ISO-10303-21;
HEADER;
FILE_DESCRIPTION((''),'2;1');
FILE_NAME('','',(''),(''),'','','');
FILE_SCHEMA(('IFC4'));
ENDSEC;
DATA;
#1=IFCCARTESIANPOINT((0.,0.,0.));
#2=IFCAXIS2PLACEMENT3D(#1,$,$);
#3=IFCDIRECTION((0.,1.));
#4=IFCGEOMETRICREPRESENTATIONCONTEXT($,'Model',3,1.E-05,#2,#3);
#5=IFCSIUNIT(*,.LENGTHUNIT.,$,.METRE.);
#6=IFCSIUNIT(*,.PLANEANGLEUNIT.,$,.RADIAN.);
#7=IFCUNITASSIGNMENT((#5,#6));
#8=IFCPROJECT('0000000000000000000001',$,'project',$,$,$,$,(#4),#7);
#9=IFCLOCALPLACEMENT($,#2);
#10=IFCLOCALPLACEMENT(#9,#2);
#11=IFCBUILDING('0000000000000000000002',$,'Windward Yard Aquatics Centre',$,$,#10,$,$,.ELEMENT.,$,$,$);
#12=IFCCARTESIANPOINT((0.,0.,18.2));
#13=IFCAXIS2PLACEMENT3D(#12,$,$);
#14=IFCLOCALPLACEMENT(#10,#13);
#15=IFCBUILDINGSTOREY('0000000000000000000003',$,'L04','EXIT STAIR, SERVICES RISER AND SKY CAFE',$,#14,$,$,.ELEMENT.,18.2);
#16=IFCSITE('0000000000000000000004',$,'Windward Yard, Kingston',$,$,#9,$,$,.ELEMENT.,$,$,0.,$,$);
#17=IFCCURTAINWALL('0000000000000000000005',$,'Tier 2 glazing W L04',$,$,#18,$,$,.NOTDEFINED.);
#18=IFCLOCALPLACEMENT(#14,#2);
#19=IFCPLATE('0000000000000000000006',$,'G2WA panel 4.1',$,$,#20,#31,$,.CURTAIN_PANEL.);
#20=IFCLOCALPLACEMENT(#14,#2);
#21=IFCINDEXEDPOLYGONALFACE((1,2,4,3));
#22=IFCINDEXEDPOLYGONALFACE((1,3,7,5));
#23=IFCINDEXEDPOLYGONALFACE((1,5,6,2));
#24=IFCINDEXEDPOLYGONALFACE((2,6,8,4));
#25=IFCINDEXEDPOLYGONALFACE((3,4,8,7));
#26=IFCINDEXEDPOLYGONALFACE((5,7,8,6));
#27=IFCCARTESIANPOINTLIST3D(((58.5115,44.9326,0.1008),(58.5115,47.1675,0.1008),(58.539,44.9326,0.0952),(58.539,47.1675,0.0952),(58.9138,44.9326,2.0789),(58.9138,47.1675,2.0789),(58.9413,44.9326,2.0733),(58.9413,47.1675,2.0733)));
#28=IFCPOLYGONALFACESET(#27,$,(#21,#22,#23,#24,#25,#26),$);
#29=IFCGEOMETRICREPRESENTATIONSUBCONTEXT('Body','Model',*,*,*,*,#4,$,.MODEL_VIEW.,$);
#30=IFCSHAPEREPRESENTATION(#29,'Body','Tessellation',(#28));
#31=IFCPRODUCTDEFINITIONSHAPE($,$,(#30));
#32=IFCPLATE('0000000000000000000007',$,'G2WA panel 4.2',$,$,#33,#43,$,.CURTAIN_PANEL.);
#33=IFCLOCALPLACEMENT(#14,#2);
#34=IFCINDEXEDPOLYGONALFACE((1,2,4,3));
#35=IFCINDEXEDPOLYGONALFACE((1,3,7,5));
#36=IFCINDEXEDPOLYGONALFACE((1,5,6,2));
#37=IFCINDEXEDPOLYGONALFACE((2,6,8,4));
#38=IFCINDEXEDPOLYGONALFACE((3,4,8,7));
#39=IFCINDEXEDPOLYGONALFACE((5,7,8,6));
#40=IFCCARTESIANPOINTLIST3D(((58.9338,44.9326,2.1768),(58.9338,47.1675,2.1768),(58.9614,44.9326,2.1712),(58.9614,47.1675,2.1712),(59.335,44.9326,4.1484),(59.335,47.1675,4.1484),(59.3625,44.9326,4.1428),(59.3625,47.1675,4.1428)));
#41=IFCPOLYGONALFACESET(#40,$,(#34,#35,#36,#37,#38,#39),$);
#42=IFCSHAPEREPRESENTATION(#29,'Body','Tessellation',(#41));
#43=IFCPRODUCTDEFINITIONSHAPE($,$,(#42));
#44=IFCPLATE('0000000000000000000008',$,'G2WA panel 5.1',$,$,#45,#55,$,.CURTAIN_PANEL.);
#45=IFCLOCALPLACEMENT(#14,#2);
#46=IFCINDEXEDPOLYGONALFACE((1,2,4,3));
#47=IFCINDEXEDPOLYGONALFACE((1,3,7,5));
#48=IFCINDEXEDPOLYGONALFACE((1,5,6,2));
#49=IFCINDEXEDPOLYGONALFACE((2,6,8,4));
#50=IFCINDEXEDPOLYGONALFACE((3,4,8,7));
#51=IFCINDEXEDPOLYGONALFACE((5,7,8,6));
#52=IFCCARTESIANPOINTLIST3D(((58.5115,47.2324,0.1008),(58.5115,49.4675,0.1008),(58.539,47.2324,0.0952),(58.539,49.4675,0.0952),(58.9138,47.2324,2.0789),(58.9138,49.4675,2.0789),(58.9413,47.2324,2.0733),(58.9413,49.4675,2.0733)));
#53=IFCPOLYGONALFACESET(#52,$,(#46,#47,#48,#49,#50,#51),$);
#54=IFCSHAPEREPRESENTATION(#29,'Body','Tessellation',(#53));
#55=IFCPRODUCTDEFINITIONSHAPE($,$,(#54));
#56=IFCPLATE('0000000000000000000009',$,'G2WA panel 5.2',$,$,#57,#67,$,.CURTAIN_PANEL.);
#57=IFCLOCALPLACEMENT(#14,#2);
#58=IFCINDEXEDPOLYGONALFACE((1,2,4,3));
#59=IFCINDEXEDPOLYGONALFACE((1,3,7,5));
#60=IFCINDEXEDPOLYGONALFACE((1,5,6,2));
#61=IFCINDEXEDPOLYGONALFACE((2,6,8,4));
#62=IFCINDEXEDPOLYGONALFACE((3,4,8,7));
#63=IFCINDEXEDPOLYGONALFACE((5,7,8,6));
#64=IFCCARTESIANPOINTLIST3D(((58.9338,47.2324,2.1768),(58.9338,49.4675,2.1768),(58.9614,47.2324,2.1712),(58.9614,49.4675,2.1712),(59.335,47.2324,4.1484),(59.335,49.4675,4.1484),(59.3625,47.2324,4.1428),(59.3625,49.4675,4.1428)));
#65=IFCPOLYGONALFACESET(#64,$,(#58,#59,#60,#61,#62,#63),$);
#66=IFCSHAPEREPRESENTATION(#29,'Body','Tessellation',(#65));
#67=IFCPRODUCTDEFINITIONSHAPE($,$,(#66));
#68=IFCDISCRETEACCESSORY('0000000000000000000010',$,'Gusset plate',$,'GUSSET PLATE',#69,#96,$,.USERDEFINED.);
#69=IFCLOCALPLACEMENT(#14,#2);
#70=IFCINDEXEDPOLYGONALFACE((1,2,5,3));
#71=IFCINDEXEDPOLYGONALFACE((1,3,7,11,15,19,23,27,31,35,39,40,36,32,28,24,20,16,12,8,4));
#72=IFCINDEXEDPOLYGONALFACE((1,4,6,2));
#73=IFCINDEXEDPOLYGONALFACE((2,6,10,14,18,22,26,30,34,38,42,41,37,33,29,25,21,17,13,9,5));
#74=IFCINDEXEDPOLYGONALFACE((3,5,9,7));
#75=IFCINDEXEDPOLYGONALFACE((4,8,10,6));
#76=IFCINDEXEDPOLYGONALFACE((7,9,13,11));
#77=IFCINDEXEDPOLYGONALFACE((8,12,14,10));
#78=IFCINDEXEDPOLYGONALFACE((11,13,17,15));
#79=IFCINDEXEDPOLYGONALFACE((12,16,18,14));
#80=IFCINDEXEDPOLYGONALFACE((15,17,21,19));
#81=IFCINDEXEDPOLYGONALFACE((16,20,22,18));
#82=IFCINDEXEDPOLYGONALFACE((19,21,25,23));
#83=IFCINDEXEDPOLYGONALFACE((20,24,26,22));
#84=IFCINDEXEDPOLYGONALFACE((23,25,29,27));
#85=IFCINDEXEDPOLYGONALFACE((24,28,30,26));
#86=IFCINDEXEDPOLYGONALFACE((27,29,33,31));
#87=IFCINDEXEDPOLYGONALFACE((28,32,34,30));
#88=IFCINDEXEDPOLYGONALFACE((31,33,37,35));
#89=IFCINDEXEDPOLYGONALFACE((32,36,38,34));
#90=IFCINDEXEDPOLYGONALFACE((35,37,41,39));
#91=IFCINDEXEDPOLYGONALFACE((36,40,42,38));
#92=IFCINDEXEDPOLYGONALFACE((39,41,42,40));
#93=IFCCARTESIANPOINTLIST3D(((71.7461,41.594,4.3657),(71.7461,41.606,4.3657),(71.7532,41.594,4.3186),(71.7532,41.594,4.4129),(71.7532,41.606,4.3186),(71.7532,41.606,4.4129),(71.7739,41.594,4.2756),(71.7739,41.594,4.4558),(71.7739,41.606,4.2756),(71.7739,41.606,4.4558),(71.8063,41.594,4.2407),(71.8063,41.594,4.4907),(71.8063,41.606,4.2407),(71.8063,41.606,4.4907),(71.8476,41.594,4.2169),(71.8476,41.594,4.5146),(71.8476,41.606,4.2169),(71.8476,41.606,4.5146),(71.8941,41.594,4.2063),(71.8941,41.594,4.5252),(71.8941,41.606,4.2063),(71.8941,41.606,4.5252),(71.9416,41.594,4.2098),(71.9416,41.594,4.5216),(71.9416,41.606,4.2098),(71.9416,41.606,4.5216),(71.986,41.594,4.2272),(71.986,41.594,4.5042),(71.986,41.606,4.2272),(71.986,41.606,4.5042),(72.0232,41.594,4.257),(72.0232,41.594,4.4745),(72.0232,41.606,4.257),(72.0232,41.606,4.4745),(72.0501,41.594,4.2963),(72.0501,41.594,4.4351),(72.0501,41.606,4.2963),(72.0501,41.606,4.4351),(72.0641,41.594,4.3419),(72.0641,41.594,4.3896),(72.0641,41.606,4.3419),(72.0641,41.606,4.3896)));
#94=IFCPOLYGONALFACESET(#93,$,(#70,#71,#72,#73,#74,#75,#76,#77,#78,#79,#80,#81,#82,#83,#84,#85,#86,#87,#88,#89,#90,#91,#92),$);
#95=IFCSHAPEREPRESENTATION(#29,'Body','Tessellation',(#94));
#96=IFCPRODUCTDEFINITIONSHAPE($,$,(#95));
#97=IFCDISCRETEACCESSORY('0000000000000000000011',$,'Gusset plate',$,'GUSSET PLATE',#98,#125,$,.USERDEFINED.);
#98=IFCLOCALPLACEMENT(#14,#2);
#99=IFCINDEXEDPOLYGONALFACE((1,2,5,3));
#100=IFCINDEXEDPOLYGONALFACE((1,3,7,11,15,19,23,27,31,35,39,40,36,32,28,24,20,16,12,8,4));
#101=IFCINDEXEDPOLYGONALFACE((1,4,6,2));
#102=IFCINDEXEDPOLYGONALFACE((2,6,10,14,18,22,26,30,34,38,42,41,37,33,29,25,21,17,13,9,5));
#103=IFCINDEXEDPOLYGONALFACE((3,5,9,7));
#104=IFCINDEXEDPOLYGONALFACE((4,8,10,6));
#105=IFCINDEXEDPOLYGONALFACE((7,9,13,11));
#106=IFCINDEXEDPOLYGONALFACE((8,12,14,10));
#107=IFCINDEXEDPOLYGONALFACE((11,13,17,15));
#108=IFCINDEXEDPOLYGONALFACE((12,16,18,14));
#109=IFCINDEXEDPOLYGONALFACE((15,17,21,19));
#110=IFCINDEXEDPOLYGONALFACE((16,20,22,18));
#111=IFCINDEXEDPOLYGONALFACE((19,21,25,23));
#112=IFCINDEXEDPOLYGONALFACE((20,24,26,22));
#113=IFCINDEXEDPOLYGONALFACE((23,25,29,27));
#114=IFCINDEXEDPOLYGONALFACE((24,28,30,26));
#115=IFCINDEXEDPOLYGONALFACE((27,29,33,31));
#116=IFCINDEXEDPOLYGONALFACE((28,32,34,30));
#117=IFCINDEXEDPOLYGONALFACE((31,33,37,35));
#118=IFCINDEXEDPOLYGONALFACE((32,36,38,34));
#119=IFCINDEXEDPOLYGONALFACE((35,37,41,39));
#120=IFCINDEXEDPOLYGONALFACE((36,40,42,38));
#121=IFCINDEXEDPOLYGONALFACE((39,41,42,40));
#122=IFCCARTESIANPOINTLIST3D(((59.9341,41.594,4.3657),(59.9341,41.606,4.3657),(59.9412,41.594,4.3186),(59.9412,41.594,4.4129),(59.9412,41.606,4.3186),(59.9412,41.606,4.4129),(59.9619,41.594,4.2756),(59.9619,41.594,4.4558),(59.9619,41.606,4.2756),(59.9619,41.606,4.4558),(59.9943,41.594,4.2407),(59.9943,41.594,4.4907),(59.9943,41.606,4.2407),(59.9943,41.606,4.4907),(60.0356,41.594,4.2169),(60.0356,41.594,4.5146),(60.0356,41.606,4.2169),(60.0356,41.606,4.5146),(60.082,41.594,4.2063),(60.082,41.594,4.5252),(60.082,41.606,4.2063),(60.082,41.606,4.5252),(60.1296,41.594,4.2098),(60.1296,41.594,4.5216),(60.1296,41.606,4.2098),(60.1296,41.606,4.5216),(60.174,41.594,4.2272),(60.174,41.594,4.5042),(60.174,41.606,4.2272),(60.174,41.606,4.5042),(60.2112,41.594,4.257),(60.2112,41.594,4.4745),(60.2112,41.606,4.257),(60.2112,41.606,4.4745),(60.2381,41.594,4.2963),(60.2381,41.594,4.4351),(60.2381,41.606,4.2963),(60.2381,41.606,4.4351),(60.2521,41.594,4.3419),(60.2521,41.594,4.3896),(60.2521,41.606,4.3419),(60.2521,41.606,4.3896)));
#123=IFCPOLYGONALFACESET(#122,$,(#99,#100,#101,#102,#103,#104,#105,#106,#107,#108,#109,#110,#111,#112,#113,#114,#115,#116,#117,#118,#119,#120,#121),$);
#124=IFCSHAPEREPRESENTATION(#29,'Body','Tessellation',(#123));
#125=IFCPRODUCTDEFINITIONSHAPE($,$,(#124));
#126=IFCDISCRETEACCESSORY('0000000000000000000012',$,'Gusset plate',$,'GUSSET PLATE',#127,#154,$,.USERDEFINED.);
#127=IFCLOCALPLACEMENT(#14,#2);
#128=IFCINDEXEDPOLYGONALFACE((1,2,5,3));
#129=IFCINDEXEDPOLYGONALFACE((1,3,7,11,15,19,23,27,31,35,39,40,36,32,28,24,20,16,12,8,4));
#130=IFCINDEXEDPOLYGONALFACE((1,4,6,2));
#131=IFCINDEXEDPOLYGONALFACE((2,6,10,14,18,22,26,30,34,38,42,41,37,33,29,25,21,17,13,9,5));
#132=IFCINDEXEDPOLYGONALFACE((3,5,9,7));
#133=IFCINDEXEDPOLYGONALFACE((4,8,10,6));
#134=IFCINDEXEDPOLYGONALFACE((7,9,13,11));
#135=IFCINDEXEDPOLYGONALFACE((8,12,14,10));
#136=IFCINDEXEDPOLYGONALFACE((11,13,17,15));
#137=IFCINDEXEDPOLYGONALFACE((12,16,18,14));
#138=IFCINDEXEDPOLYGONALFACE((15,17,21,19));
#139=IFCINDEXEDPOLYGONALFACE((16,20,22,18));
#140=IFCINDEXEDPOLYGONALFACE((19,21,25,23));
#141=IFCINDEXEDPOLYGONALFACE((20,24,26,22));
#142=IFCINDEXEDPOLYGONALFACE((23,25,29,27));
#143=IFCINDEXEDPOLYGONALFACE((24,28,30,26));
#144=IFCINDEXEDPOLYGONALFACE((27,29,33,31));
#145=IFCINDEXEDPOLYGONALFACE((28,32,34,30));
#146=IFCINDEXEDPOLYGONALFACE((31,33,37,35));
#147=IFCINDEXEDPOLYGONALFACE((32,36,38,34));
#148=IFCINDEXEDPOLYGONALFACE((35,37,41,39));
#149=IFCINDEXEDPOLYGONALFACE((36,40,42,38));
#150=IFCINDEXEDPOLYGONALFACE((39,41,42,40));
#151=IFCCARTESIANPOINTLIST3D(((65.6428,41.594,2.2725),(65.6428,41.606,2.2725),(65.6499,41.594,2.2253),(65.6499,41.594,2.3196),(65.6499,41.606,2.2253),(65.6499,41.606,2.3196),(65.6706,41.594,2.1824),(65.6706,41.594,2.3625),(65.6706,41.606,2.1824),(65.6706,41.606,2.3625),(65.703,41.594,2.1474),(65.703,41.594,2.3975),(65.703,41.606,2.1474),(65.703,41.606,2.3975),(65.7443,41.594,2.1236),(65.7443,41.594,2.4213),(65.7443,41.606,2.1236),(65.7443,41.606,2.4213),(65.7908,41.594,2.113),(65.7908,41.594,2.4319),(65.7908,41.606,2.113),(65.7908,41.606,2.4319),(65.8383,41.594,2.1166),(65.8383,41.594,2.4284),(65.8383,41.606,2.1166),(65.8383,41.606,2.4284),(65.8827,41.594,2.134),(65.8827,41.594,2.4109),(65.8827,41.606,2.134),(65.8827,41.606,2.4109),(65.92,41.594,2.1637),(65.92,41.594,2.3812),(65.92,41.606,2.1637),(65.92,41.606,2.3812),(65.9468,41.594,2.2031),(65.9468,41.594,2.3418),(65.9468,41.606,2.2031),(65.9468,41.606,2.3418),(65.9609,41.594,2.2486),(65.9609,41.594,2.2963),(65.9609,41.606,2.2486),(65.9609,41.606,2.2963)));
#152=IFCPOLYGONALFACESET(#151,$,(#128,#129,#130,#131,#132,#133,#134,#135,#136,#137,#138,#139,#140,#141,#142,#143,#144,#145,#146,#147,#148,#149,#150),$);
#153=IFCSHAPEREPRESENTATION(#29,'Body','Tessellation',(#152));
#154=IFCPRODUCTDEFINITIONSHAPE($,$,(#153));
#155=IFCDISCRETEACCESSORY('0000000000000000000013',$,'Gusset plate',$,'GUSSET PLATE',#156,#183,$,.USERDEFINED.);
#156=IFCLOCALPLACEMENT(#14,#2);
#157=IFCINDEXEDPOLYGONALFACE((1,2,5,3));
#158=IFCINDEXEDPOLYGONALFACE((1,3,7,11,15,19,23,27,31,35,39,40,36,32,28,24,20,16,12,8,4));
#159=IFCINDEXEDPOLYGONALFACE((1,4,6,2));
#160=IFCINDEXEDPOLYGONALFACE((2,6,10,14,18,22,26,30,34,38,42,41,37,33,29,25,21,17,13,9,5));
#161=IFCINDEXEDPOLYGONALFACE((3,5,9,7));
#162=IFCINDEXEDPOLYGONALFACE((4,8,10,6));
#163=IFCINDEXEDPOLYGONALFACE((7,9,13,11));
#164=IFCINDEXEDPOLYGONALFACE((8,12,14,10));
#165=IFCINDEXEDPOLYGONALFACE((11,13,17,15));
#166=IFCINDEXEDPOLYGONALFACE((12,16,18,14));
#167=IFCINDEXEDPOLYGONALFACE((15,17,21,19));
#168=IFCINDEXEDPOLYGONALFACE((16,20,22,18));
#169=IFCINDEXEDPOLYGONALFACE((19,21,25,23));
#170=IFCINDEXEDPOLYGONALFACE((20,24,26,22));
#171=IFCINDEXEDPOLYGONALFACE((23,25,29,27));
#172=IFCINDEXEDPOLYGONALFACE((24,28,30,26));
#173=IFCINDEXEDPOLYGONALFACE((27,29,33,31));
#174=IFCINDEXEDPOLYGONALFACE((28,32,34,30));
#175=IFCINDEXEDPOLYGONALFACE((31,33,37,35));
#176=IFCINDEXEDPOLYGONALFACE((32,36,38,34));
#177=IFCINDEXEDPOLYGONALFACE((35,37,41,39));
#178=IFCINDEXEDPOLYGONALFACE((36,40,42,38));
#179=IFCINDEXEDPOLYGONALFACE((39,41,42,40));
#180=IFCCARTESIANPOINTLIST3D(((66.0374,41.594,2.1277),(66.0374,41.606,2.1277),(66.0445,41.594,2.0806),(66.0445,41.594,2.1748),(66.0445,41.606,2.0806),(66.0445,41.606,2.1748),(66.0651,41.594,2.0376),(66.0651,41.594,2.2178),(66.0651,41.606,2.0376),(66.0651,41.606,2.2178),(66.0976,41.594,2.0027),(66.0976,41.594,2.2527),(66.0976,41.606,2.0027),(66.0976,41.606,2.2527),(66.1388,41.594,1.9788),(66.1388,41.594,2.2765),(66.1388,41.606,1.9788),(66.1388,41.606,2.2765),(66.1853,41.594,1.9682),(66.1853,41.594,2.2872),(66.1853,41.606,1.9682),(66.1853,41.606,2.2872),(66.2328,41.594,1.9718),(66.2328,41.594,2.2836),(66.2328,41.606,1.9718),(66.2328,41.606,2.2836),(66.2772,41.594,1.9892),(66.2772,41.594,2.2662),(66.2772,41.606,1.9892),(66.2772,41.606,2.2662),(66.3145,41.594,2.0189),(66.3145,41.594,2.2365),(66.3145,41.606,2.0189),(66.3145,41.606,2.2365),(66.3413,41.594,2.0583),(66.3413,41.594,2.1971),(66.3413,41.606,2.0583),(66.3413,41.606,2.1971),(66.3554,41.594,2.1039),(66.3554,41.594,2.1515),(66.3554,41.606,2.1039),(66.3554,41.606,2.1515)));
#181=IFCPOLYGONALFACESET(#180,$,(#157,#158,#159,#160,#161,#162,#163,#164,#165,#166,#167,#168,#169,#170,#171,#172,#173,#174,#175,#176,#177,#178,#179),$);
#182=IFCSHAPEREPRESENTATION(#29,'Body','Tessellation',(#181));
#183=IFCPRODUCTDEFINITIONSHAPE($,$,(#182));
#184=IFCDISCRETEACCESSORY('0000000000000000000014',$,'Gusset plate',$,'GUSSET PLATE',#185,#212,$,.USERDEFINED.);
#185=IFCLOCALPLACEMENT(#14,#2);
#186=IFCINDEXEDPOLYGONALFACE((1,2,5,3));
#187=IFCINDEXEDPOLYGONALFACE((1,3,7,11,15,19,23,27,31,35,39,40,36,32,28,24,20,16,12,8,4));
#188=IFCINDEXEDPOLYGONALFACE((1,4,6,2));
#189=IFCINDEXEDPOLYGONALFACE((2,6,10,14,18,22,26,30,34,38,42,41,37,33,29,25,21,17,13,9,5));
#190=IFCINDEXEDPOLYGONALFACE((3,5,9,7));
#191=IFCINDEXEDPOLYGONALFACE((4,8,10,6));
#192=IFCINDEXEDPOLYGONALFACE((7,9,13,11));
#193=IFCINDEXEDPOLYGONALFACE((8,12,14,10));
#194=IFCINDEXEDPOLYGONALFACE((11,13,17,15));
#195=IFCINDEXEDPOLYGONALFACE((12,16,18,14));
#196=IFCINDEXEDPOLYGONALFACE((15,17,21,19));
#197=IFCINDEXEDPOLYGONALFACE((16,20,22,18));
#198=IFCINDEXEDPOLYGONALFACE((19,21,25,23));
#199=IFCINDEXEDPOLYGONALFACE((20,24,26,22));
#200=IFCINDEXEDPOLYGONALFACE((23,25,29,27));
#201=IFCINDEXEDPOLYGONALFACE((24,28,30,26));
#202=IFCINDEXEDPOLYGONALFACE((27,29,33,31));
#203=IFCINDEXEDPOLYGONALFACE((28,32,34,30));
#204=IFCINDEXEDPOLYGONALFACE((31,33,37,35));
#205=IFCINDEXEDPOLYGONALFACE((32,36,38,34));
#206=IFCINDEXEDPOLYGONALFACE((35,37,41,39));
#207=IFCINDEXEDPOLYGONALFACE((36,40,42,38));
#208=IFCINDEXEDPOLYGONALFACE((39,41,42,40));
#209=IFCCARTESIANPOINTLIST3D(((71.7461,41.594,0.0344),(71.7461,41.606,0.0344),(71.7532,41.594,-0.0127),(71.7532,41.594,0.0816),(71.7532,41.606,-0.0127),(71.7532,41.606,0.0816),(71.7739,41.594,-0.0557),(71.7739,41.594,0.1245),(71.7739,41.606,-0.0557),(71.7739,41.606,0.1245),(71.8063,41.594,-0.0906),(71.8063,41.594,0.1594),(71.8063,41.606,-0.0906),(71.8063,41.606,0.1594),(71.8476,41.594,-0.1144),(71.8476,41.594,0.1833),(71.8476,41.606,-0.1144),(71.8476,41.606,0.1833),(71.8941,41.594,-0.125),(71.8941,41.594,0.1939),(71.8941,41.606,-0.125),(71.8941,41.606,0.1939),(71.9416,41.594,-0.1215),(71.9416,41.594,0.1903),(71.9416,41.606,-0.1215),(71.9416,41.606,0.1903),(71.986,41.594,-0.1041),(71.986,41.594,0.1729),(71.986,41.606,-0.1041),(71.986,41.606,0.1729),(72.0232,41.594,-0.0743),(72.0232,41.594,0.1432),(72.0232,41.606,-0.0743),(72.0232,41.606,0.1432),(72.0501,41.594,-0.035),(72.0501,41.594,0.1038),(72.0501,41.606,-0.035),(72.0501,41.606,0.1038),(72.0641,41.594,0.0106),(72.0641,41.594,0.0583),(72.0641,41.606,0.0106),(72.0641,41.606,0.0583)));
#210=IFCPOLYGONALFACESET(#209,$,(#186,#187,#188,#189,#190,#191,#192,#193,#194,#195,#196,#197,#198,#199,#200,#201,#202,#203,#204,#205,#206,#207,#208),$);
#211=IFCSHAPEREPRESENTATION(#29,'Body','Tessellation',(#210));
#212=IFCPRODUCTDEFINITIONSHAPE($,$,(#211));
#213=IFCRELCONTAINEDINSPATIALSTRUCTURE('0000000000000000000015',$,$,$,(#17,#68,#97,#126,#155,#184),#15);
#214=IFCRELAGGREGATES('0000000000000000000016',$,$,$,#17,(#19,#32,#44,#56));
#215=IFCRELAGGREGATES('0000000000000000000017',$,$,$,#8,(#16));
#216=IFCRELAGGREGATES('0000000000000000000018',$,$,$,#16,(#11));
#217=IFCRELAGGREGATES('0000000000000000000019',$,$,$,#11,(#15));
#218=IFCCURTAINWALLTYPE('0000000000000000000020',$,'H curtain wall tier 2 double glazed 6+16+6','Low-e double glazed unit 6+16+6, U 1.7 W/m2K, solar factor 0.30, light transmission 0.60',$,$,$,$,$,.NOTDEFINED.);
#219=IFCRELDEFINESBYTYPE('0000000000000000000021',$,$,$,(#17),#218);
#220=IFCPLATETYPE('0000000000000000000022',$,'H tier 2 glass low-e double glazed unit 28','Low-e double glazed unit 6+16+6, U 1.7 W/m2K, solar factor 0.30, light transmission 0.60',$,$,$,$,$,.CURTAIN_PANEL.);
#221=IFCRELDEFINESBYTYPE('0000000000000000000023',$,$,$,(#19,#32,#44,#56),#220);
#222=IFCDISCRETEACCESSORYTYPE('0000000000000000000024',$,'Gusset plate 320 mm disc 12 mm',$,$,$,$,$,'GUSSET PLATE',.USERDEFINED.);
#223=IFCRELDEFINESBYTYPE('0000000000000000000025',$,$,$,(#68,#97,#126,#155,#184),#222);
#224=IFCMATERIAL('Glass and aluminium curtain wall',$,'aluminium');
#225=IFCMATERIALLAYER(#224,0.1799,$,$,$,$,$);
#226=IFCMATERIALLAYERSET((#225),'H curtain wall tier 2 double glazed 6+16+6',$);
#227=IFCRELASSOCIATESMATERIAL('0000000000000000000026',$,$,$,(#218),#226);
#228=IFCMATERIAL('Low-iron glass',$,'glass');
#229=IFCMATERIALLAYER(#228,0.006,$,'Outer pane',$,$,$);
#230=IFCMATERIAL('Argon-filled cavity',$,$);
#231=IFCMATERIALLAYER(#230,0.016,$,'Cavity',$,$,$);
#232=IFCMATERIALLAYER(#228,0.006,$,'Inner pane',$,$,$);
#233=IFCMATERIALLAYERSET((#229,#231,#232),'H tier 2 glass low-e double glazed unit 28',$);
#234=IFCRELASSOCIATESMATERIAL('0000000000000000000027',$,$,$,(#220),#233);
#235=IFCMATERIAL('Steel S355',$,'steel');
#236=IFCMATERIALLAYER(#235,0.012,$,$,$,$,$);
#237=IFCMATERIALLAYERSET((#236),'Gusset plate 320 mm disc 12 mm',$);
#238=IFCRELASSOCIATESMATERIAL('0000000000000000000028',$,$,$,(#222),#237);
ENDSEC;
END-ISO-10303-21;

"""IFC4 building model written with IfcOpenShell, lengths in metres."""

from ifc_helpers import new_model, si_unit, direction, frame, origin, origin_2d, place, context, subcontext, project, spatial, polyline, circle, outline, extrude, material, layer, layer_set, type_object, element, aggregate, save


model = new_model("IFC4")

# Units and contexts
model_context = context("Model", 3, precision=1e-05, world=origin(), true_north=direction((0.0, 1.0)))
body_context = subcontext(model_context, "Body", "Model", "MODEL_VIEW")
ifc_project = project(units=[si_unit("LENGTHUNIT", "METRE"), si_unit("PLANEANGLEUNIT", "RADIAN")], contexts=[model_context])

# Site, building, storey
site_placement = place(None, origin())
site = spatial("IfcSite", under=ifc_project, at=site_placement, Name="Windward Yard, Kingston", CompositionType="ELEMENT", RefElevation=0.0)
building_placement = place(site_placement, origin())
building = spatial("IfcBuilding", under=site, at=building_placement, Name="Windward Yard Aquatics Centre", CompositionType="ELEMENT")
storey_placement = place(building_placement, frame((0.0, 0.0, 18.2)))
storey = spatial("IfcBuildingStorey", under=building, at=storey_placement, Name="L04", Description="EXIT STAIR, SERVICES RISER AND SKY CAFE", CompositionType="ELEMENT", Elevation=18.2)

# Curtain wall
ifc_material_1 = material(Name="Glass and aluminium curtain wall", Category="aluminium")
ifc_layer_1 = layer(ifc_material_1, 0.1799)
ifc_layer_set_1 = layer_set([ifc_layer_1], Name="H curtain wall tier 2 double glazed 6+16+6")
curtain_wall_type = type_object("IfcCurtainWallType", Name="H curtain wall tier 2 double glazed 6+16+6", Description="Low-e double glazed unit 6+16+6, U 1.7 W/m2K, solar factor 0.30, light transmission 0.60", PredefinedType="NOTDEFINED", material=ifc_layer_set_1)
curtain_wall_placement = place(storey_placement, origin())
curtain_wall = element("IfcCurtainWall", 1, at=curtain_wall_placement, inside=storey, type_object=curtain_wall_type, Name="Tier 2 glazing W L04", PredefinedType="NOTDEFINED")

# Plates
ifc_material_2 = material(Name="Low-iron glass", Category="glass")
ifc_layer_2 = layer(ifc_material_2, 0.006, Name="Outer pane")
ifc_material_3 = material(Name="Argon-filled cavity")
ifc_layer_3 = layer(ifc_material_3, 0.016, Name="Cavity")
ifc_layer_4 = layer(ifc_material_2, 0.006, Name="Inner pane")
ifc_layer_set_2 = layer_set([ifc_layer_2, ifc_layer_3, ifc_layer_4], Name="H tier 2 glass low-e double glazed unit 28")
plate_type = type_object("IfcPlateType", Name="H tier 2 glass low-e double glazed unit 28", Description="Low-e double glazed unit 6+16+6, U 1.7 W/m2K, solar factor 0.30, light transmission 0.60", PredefinedType="CURTAIN_PANEL", material=ifc_layer_set_2)
plate_1_placement = place(storey_placement, frame((58.5115, 44.9326, 0.1008), z_axis=(-0.979933, 0.0, 0.199325), x_axis=(0.0, 1.0, 0.0)))
plate_1 = element("IfcPlate", 2, at=plate_1_placement, type_object=plate_type, Name="G2WA panel 4.1", PredefinedType="CURTAIN_PANEL", context=body_context, shape_type="SweptSolid", body=[
    extrude(outline(polyline([(0.0, 0.0), (2.2349, 0.0), (2.2349, -2.0185), (0.0, -2.0185), (0.0, 0.0)])), origin(), (0.0, 0.0, -1.0), 0.0281),
])
plate_2_placement = place(storey_placement, frame((58.9338, 44.9326, 2.1768), z_axis=(-0.979927, 0.0, 0.199359), x_axis=(0.0, 1.0, 0.0)))
plate_2 = element("IfcPlate", 3, at=plate_2_placement, type_object=plate_type, Name="G2WA panel 4.2", PredefinedType="CURTAIN_PANEL", context=body_context, shape_type="SweptSolid", body=[
    extrude(outline(polyline([(0.0, 0.0), (2.2349, 0.0), (2.2349, -2.0121), (0.0, -2.0121), (0.0, 0.0)])), origin(), (0.0, 0.0, -1.0), 0.0281),
])
plate_3_placement = place(storey_placement, frame((58.5115, 47.2324, 0.1008), z_axis=(-0.979933, 0.0, 0.199325), x_axis=(0.0, 1.0, 0.0)))
plate_3 = element("IfcPlate", 4, at=plate_3_placement, type_object=plate_type, Name="G2WA panel 5.1", PredefinedType="CURTAIN_PANEL", context=body_context, shape_type="SweptSolid", body=[
    extrude(outline(polyline([(0.0, 0.0), (2.2351, 0.0), (2.2351, -2.0185), (0.0, -2.0185), (0.0, 0.0)])), origin(), (0.0, 0.0, -1.0), 0.0281),
])
plate_4_placement = place(storey_placement, frame((58.9338, 47.2324, 2.1768), z_axis=(-0.979927, 0.0, 0.199359), x_axis=(0.0, 1.0, 0.0)))
plate_4 = element("IfcPlate", 5, at=plate_4_placement, type_object=plate_type, Name="G2WA panel 5.2", PredefinedType="CURTAIN_PANEL", context=body_context, shape_type="SweptSolid", body=[
    extrude(outline(polyline([(0.0, 0.0), (2.2351, 0.0), (2.2351, -2.0121), (0.0, -2.0121), (0.0, 0.0)])), origin(), (0.0, 0.0, -1.0), 0.0281),
])
aggregate(curtain_wall, [plate_1, plate_2, plate_3, plate_4])

# Discrete accessories
ifc_material_4 = material(Name="Steel S355", Category="steel")
ifc_layer_5 = layer(ifc_material_4, 0.012)
ifc_layer_set_3 = layer_set([ifc_layer_5], Name="Gusset plate 320 mm disc 12 mm")
discrete_accessory_type = type_object("IfcDiscreteAccessoryType", Name="Gusset plate 320 mm disc 12 mm", ElementType="GUSSET PLATE", PredefinedType="USERDEFINED", material=ifc_layer_set_3)
for number, where, z_axis, x_axis, name in (
    (6, (71.906, 41.594, 4.3657), (0.0, 1.0, 0.0), (-1.0, 0.0, 0.0), "Gusset plate"),
    (7, (60.094, 41.594, 4.3657), (0.0, 1.0, 0.0), (-1.0, 0.0, 0.0), "Gusset plate"),
    (8, (65.8027, 41.594, 2.2725), (0.0, 1.0, 0.0), (-1.0, 0.0, 0.0), "Gusset plate"),
    (9, (66.1973, 41.594, 2.1277), (0.0, 1.0, 0.0), (-1.0, 0.0, 0.0), "Gusset plate"),
    (10, (71.906, 41.594, 0.0344), (0.0, 1.0, 0.0), (-1.0, 0.0, 0.0), "Gusset plate"),
):
    element("IfcDiscreteAccessory", number, at=place(storey_placement, frame(where, z_axis=z_axis, x_axis=x_axis)), inside=storey, type_object=discrete_accessory_type, Name=name, ObjectType="GUSSET PLATE", PredefinedType="USERDEFINED", context=body_context, shape_type="SweptSolid", body=[
        extrude(circle(Radius=0.1599, at=origin_2d()), origin(), (0.0, 0.0, 1.0), 0.012),
    ])

save(model, "model.ifc")
